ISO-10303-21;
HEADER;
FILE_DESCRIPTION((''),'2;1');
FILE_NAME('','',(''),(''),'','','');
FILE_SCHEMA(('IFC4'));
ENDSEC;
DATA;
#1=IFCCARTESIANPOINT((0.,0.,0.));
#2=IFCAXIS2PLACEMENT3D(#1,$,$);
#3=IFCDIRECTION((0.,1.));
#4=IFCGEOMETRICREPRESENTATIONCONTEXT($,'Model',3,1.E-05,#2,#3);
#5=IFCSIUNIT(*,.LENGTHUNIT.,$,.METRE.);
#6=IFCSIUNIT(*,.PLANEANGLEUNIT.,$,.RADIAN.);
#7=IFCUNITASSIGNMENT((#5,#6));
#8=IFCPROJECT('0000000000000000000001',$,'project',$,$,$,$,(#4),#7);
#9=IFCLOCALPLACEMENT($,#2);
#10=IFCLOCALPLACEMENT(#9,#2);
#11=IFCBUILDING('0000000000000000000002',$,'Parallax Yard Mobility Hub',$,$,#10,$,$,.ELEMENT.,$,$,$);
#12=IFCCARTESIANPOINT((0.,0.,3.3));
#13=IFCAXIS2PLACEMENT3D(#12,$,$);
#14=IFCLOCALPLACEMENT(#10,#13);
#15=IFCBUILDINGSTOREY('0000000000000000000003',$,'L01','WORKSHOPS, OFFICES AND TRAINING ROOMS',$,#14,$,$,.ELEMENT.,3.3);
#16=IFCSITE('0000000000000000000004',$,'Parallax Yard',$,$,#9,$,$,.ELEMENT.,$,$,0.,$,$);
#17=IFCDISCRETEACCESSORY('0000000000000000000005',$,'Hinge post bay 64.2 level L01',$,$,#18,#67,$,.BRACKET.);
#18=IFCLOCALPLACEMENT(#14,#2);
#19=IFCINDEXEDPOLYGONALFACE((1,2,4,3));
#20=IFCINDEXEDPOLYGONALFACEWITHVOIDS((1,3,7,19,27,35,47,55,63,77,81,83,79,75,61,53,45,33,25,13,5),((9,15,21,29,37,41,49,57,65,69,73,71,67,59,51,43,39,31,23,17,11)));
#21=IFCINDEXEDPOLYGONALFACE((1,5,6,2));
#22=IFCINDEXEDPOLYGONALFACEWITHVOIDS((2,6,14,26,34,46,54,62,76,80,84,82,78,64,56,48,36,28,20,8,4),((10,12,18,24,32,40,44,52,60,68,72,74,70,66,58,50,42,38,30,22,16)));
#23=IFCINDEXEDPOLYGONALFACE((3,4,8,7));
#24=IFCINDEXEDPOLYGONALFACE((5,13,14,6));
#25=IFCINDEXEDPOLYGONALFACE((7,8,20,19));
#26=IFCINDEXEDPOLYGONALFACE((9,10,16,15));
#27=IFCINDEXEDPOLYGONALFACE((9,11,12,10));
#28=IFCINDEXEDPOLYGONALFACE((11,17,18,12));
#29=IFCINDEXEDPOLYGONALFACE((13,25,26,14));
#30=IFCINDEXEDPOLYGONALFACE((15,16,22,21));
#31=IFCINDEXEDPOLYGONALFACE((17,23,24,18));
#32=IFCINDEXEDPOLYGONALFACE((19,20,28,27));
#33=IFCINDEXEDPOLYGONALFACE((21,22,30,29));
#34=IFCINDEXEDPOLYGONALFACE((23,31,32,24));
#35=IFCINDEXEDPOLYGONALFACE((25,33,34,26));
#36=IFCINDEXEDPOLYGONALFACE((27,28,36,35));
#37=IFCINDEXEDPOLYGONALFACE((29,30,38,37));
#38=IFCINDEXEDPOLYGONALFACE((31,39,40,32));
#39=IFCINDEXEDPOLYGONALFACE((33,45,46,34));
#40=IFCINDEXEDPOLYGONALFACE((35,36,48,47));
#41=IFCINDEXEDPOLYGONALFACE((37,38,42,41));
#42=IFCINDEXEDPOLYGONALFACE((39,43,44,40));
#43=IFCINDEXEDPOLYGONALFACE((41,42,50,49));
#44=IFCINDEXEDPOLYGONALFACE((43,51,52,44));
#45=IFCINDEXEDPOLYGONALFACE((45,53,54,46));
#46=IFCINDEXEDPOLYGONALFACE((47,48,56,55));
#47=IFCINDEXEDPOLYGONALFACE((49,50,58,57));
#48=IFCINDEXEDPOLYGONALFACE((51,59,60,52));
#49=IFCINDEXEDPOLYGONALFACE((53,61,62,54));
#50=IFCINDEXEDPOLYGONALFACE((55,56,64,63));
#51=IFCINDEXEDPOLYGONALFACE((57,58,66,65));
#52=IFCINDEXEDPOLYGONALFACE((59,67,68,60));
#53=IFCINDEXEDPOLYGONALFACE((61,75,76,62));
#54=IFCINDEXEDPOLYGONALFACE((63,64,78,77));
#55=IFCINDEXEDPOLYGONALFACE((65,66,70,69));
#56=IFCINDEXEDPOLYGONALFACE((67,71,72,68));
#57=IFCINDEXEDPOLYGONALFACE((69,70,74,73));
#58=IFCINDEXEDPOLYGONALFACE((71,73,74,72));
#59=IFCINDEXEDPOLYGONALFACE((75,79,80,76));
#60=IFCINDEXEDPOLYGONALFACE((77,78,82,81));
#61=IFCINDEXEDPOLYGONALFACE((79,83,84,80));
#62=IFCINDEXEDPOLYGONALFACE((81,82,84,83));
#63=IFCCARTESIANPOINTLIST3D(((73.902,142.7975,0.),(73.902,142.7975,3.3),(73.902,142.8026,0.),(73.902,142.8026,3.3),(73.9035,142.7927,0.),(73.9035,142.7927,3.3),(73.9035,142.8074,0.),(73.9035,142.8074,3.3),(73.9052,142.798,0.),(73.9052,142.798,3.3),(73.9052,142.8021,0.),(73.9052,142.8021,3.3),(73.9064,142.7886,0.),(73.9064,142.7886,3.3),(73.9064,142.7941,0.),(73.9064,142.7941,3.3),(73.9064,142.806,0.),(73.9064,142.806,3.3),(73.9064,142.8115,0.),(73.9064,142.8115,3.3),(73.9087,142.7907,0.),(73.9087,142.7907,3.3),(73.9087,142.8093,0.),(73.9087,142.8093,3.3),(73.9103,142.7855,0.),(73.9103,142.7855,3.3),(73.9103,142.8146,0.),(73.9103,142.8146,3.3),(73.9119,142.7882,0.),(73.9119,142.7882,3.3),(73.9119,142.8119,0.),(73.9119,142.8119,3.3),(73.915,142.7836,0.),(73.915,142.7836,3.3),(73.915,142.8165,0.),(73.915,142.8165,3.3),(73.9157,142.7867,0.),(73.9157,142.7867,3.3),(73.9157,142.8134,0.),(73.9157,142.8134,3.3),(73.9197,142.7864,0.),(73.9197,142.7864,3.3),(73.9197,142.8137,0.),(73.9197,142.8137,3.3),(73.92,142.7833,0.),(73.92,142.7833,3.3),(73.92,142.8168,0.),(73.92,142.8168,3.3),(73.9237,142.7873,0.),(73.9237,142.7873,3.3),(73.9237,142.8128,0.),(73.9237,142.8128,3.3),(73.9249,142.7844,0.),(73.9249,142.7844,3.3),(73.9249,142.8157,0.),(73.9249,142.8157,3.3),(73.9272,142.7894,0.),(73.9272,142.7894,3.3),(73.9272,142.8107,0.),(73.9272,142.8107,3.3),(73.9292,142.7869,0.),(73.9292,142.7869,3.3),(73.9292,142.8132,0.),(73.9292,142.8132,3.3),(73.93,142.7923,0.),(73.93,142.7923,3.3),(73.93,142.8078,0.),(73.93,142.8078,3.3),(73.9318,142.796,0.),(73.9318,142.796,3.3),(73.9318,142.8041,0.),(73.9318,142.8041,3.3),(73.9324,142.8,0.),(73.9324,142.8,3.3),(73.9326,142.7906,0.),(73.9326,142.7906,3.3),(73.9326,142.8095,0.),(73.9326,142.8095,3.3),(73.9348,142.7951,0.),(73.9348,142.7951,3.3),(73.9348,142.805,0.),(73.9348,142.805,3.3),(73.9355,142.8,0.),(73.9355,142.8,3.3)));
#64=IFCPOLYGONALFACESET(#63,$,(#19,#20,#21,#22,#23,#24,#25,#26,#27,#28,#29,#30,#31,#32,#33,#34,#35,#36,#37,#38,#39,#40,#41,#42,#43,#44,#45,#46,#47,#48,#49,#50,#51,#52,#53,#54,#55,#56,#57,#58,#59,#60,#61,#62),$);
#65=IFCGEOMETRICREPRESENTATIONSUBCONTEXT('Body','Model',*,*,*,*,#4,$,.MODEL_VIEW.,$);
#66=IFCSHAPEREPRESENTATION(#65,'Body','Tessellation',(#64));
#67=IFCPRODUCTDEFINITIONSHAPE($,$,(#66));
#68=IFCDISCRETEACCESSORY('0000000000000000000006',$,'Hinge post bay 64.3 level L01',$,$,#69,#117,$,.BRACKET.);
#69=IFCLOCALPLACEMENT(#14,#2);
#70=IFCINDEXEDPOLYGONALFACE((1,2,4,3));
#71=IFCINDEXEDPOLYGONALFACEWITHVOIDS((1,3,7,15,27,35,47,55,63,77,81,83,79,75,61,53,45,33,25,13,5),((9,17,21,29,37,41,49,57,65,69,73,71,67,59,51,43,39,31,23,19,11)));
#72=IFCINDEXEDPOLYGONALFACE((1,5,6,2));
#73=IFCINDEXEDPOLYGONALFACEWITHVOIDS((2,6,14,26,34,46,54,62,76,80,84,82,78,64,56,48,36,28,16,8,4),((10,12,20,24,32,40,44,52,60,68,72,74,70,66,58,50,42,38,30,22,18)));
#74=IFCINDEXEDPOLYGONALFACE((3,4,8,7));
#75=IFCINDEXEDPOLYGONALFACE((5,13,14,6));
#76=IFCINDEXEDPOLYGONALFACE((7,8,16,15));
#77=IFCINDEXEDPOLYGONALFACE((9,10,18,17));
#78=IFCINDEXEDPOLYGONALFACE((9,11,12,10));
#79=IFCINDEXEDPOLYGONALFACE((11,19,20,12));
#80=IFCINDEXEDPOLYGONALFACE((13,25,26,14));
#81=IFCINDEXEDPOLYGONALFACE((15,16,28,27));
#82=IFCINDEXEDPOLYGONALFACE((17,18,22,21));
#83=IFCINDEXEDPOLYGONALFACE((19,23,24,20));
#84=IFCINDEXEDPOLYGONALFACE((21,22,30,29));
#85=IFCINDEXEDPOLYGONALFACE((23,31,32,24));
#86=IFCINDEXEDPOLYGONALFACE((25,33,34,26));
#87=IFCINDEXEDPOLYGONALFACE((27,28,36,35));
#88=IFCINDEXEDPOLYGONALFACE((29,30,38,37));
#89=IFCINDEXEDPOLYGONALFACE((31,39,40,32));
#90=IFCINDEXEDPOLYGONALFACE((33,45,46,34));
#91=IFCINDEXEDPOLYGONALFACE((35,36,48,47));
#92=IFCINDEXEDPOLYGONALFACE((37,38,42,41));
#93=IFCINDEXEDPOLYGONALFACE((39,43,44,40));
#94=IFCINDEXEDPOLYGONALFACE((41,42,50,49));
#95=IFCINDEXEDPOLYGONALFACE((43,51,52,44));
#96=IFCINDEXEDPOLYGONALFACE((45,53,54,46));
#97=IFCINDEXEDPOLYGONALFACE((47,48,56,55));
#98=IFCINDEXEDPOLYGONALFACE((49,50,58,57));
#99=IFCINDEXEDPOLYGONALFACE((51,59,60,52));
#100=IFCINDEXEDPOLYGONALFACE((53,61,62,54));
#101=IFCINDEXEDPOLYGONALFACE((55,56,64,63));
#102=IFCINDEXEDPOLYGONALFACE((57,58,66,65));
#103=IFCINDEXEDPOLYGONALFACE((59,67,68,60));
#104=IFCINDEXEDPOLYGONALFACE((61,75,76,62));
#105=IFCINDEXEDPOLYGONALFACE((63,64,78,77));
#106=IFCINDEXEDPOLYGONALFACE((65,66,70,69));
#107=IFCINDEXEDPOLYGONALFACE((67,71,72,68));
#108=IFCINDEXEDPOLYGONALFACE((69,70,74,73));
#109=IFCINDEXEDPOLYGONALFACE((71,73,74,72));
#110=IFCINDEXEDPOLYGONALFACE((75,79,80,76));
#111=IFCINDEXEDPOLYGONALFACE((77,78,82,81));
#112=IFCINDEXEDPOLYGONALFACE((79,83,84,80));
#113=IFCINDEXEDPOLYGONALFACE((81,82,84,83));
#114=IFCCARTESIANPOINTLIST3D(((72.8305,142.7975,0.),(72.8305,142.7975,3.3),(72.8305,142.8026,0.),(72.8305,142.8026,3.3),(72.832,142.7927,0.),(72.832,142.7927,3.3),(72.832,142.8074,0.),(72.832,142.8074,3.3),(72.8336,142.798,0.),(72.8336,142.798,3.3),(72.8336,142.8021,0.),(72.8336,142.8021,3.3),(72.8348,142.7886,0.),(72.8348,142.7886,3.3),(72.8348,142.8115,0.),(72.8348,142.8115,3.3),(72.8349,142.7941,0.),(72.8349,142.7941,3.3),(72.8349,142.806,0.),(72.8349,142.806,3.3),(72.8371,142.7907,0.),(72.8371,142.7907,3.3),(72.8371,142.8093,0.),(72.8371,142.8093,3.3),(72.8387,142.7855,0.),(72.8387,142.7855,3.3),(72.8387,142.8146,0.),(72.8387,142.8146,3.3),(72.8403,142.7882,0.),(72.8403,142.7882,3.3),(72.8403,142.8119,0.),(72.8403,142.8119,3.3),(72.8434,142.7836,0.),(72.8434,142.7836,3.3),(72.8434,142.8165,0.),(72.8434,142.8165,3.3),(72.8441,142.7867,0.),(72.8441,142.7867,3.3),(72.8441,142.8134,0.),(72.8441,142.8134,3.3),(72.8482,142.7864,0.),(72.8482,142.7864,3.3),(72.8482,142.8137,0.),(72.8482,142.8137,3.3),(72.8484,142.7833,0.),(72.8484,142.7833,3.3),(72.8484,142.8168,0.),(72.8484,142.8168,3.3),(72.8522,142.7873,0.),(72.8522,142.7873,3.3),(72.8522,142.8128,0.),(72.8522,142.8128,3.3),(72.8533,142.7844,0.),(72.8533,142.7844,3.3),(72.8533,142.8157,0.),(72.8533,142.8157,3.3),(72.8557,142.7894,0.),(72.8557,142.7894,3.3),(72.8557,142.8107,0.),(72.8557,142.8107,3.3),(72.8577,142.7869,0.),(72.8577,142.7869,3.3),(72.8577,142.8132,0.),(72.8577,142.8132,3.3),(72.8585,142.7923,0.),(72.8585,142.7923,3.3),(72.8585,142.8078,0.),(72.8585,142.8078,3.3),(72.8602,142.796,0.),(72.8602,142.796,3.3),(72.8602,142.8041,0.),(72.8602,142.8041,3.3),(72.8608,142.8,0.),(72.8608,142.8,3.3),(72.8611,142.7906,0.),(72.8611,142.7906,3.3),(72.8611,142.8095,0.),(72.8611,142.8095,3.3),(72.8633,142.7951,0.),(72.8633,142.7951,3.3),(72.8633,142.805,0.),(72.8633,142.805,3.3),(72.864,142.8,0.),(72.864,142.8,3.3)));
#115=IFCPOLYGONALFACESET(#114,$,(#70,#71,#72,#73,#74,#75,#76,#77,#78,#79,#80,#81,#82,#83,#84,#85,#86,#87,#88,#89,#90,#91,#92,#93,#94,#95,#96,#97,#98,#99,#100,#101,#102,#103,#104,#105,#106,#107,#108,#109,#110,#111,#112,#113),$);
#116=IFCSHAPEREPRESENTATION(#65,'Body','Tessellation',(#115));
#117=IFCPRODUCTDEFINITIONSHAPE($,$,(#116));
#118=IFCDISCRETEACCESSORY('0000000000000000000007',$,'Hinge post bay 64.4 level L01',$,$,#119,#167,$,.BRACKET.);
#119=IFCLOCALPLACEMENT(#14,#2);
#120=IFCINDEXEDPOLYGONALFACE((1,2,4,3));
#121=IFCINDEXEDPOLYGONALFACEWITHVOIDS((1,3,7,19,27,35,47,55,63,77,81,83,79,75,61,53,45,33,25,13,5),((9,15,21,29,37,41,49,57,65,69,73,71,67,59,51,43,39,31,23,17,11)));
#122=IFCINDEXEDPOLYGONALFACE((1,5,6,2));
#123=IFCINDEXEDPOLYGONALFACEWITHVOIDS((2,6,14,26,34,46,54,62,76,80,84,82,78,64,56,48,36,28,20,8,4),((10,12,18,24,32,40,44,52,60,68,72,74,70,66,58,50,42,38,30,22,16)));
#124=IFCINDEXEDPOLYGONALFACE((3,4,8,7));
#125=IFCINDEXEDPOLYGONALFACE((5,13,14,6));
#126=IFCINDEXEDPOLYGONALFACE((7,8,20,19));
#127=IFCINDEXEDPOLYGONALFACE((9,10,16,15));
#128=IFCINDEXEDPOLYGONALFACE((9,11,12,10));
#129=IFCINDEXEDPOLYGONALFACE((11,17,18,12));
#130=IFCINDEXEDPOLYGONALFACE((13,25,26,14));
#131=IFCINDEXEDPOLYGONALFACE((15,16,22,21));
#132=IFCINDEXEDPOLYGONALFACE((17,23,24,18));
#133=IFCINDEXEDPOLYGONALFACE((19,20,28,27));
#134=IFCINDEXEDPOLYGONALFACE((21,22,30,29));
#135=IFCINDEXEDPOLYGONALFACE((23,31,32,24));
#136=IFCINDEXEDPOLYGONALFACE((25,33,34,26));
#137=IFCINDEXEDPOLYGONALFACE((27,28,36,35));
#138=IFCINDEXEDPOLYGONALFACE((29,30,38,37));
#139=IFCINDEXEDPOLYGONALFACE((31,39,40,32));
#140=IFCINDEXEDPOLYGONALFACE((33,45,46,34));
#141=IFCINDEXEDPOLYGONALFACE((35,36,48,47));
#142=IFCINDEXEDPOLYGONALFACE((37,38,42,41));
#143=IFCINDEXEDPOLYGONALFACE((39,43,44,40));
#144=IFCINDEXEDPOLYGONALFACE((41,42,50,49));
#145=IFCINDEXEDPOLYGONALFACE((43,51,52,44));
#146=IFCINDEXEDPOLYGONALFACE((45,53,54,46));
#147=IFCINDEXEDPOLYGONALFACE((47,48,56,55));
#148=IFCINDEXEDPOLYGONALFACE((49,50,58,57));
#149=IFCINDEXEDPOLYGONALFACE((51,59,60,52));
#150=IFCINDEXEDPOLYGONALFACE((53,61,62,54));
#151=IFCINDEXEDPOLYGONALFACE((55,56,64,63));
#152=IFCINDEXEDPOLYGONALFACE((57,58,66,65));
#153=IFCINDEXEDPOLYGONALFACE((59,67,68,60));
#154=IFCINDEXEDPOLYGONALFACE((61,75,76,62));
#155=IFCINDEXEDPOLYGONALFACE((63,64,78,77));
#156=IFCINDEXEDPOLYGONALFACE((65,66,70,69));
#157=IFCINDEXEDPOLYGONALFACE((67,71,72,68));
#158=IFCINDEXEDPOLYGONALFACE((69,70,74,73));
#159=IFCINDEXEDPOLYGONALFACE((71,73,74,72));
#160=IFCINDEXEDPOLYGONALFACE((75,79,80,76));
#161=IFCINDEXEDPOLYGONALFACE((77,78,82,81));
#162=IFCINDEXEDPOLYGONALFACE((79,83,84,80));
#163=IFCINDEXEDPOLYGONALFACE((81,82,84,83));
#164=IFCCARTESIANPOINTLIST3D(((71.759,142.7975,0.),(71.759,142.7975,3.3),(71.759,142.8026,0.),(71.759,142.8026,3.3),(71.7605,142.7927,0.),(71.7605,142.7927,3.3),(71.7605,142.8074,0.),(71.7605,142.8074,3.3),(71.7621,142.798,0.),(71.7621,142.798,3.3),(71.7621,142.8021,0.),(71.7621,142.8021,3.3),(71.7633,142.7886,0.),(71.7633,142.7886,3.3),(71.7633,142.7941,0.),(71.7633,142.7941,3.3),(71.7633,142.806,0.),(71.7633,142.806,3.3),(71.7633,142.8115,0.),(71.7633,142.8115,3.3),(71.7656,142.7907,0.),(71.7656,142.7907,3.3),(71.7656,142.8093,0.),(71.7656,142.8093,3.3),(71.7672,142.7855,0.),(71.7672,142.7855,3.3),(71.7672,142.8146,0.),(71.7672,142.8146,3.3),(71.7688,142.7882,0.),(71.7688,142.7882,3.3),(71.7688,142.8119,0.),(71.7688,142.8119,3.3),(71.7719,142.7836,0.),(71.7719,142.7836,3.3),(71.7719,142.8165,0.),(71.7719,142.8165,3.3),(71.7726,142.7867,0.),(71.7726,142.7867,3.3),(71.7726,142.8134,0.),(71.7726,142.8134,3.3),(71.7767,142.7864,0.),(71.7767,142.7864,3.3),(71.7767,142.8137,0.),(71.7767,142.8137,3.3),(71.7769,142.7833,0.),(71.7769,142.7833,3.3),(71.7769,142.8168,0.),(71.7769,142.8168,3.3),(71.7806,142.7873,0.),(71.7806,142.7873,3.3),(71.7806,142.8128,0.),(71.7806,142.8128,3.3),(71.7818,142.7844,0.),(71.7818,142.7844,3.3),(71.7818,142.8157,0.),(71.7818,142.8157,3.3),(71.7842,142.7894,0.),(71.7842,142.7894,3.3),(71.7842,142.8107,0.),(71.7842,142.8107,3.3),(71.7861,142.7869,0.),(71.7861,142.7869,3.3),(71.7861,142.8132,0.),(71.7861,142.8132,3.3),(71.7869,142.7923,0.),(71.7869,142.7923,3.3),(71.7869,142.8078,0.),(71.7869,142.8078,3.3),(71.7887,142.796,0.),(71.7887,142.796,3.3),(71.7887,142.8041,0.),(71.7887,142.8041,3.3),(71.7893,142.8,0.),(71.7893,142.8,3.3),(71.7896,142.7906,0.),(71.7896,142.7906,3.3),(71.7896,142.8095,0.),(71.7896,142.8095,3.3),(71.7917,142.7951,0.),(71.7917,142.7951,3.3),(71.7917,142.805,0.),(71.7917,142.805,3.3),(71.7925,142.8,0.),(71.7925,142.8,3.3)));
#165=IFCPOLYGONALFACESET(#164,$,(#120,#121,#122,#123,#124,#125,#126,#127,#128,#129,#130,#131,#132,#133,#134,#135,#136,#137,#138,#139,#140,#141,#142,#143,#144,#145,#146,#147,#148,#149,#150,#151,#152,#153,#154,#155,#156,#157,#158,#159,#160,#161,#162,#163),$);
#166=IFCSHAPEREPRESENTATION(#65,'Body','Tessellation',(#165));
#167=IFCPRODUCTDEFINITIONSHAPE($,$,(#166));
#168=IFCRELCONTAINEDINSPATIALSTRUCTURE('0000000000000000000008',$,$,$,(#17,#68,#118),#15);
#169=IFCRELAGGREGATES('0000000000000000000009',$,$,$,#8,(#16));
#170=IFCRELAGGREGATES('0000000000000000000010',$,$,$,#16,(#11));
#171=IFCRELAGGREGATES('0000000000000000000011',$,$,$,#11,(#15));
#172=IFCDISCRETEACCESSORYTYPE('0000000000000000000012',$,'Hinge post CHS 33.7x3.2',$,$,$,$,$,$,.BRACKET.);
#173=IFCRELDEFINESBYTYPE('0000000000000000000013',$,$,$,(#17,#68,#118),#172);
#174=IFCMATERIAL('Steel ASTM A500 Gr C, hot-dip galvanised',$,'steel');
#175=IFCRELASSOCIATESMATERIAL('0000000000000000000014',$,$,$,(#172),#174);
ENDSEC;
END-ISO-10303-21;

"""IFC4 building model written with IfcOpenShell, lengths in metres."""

from ifc_helpers import new_model, si_unit, direction, frame, origin, origin_2d, place, context, subcontext, project, spatial, hollow_circle, extrude, material, material_profile, profile_set, type_object, element, save


model = new_model("IFC4")

# Units and contexts
model_context = context("Model", 3, precision=1e-05, world=origin(), true_north=direction((0.0, 1.0)))
body_context = subcontext(model_context, "Body", "Model", "MODEL_VIEW")
ifc_project = project(units=[si_unit("LENGTHUNIT", "METRE"), si_unit("PLANEANGLEUNIT", "RADIAN")], contexts=[model_context])

# Site, building, storey
site_placement = place(None, origin())
site = spatial("IfcSite", under=ifc_project, at=site_placement, Name="Parallax Yard", CompositionType="ELEMENT", RefElevation=0.0)
building_placement = place(site_placement, origin())
building = spatial("IfcBuilding", under=site, at=building_placement, Name="Parallax Yard Mobility Hub", CompositionType="ELEMENT")
storey_placement = place(building_placement, frame((0.0, 0.0, 3.3)))
storey = spatial("IfcBuildingStorey", under=building, at=storey_placement, Name="L01", Description="WORKSHOPS, OFFICES AND TRAINING ROOMS", CompositionType="ELEMENT", Elevation=3.3)

# Discrete accessories
ifc_material_1 = material(Name="Steel ASTM A500 Gr C, hot-dip galvanised", Category="steel")
ifc_material_profile = material_profile(ifc_material_1, hollow_circle(Radius=0.0168, WallThickness=0.0032, at=origin_2d()), Name="CHS 33.7x3.2")
ifc_profile_set = profile_set([ifc_material_profile], Name="Steel ASTM A500 Gr C, hot-dip galvanised")
discrete_accessory_type_1 = type_object("IfcDiscreteAccessoryType", Name="Hinge post CHS 33.7x3.2", PredefinedType="BRACKET", material=ifc_profile_set)
for number, where, z_axis, x_axis, name in (
    (1, (73.9187, 142.8, 0.0), (0.0, 0.0, 1.0), (1.0, 0.0, 0.0), "Hinge post bay 64.2 level L01"),
    (2, (72.8472, 142.8, 0.0), (0.0, 0.0, 1.0), (1.0, 0.0, 0.0), "Hinge post bay 64.3 level L01"),
    (3, (71.7756, 142.8, 0.0), (0.0, 0.0, 1.0), (1.0, 0.0, 0.0), "Hinge post bay 64.4 level L01"),
):
    element("IfcDiscreteAccessory", number, at=place(storey_placement, frame(where, z_axis=z_axis, x_axis=x_axis)), inside=storey, type_object=discrete_accessory_type_1, Name=name, PredefinedType="BRACKET", context=body_context, shape_type="SweptSolid", body=[
        extrude(hollow_circle(Radius=0.0168, WallThickness=0.0032, at=origin_2d()), origin(), (0.0, 0.0, 1.0), 3.3),
    ])

save(model, "model.ifc")
